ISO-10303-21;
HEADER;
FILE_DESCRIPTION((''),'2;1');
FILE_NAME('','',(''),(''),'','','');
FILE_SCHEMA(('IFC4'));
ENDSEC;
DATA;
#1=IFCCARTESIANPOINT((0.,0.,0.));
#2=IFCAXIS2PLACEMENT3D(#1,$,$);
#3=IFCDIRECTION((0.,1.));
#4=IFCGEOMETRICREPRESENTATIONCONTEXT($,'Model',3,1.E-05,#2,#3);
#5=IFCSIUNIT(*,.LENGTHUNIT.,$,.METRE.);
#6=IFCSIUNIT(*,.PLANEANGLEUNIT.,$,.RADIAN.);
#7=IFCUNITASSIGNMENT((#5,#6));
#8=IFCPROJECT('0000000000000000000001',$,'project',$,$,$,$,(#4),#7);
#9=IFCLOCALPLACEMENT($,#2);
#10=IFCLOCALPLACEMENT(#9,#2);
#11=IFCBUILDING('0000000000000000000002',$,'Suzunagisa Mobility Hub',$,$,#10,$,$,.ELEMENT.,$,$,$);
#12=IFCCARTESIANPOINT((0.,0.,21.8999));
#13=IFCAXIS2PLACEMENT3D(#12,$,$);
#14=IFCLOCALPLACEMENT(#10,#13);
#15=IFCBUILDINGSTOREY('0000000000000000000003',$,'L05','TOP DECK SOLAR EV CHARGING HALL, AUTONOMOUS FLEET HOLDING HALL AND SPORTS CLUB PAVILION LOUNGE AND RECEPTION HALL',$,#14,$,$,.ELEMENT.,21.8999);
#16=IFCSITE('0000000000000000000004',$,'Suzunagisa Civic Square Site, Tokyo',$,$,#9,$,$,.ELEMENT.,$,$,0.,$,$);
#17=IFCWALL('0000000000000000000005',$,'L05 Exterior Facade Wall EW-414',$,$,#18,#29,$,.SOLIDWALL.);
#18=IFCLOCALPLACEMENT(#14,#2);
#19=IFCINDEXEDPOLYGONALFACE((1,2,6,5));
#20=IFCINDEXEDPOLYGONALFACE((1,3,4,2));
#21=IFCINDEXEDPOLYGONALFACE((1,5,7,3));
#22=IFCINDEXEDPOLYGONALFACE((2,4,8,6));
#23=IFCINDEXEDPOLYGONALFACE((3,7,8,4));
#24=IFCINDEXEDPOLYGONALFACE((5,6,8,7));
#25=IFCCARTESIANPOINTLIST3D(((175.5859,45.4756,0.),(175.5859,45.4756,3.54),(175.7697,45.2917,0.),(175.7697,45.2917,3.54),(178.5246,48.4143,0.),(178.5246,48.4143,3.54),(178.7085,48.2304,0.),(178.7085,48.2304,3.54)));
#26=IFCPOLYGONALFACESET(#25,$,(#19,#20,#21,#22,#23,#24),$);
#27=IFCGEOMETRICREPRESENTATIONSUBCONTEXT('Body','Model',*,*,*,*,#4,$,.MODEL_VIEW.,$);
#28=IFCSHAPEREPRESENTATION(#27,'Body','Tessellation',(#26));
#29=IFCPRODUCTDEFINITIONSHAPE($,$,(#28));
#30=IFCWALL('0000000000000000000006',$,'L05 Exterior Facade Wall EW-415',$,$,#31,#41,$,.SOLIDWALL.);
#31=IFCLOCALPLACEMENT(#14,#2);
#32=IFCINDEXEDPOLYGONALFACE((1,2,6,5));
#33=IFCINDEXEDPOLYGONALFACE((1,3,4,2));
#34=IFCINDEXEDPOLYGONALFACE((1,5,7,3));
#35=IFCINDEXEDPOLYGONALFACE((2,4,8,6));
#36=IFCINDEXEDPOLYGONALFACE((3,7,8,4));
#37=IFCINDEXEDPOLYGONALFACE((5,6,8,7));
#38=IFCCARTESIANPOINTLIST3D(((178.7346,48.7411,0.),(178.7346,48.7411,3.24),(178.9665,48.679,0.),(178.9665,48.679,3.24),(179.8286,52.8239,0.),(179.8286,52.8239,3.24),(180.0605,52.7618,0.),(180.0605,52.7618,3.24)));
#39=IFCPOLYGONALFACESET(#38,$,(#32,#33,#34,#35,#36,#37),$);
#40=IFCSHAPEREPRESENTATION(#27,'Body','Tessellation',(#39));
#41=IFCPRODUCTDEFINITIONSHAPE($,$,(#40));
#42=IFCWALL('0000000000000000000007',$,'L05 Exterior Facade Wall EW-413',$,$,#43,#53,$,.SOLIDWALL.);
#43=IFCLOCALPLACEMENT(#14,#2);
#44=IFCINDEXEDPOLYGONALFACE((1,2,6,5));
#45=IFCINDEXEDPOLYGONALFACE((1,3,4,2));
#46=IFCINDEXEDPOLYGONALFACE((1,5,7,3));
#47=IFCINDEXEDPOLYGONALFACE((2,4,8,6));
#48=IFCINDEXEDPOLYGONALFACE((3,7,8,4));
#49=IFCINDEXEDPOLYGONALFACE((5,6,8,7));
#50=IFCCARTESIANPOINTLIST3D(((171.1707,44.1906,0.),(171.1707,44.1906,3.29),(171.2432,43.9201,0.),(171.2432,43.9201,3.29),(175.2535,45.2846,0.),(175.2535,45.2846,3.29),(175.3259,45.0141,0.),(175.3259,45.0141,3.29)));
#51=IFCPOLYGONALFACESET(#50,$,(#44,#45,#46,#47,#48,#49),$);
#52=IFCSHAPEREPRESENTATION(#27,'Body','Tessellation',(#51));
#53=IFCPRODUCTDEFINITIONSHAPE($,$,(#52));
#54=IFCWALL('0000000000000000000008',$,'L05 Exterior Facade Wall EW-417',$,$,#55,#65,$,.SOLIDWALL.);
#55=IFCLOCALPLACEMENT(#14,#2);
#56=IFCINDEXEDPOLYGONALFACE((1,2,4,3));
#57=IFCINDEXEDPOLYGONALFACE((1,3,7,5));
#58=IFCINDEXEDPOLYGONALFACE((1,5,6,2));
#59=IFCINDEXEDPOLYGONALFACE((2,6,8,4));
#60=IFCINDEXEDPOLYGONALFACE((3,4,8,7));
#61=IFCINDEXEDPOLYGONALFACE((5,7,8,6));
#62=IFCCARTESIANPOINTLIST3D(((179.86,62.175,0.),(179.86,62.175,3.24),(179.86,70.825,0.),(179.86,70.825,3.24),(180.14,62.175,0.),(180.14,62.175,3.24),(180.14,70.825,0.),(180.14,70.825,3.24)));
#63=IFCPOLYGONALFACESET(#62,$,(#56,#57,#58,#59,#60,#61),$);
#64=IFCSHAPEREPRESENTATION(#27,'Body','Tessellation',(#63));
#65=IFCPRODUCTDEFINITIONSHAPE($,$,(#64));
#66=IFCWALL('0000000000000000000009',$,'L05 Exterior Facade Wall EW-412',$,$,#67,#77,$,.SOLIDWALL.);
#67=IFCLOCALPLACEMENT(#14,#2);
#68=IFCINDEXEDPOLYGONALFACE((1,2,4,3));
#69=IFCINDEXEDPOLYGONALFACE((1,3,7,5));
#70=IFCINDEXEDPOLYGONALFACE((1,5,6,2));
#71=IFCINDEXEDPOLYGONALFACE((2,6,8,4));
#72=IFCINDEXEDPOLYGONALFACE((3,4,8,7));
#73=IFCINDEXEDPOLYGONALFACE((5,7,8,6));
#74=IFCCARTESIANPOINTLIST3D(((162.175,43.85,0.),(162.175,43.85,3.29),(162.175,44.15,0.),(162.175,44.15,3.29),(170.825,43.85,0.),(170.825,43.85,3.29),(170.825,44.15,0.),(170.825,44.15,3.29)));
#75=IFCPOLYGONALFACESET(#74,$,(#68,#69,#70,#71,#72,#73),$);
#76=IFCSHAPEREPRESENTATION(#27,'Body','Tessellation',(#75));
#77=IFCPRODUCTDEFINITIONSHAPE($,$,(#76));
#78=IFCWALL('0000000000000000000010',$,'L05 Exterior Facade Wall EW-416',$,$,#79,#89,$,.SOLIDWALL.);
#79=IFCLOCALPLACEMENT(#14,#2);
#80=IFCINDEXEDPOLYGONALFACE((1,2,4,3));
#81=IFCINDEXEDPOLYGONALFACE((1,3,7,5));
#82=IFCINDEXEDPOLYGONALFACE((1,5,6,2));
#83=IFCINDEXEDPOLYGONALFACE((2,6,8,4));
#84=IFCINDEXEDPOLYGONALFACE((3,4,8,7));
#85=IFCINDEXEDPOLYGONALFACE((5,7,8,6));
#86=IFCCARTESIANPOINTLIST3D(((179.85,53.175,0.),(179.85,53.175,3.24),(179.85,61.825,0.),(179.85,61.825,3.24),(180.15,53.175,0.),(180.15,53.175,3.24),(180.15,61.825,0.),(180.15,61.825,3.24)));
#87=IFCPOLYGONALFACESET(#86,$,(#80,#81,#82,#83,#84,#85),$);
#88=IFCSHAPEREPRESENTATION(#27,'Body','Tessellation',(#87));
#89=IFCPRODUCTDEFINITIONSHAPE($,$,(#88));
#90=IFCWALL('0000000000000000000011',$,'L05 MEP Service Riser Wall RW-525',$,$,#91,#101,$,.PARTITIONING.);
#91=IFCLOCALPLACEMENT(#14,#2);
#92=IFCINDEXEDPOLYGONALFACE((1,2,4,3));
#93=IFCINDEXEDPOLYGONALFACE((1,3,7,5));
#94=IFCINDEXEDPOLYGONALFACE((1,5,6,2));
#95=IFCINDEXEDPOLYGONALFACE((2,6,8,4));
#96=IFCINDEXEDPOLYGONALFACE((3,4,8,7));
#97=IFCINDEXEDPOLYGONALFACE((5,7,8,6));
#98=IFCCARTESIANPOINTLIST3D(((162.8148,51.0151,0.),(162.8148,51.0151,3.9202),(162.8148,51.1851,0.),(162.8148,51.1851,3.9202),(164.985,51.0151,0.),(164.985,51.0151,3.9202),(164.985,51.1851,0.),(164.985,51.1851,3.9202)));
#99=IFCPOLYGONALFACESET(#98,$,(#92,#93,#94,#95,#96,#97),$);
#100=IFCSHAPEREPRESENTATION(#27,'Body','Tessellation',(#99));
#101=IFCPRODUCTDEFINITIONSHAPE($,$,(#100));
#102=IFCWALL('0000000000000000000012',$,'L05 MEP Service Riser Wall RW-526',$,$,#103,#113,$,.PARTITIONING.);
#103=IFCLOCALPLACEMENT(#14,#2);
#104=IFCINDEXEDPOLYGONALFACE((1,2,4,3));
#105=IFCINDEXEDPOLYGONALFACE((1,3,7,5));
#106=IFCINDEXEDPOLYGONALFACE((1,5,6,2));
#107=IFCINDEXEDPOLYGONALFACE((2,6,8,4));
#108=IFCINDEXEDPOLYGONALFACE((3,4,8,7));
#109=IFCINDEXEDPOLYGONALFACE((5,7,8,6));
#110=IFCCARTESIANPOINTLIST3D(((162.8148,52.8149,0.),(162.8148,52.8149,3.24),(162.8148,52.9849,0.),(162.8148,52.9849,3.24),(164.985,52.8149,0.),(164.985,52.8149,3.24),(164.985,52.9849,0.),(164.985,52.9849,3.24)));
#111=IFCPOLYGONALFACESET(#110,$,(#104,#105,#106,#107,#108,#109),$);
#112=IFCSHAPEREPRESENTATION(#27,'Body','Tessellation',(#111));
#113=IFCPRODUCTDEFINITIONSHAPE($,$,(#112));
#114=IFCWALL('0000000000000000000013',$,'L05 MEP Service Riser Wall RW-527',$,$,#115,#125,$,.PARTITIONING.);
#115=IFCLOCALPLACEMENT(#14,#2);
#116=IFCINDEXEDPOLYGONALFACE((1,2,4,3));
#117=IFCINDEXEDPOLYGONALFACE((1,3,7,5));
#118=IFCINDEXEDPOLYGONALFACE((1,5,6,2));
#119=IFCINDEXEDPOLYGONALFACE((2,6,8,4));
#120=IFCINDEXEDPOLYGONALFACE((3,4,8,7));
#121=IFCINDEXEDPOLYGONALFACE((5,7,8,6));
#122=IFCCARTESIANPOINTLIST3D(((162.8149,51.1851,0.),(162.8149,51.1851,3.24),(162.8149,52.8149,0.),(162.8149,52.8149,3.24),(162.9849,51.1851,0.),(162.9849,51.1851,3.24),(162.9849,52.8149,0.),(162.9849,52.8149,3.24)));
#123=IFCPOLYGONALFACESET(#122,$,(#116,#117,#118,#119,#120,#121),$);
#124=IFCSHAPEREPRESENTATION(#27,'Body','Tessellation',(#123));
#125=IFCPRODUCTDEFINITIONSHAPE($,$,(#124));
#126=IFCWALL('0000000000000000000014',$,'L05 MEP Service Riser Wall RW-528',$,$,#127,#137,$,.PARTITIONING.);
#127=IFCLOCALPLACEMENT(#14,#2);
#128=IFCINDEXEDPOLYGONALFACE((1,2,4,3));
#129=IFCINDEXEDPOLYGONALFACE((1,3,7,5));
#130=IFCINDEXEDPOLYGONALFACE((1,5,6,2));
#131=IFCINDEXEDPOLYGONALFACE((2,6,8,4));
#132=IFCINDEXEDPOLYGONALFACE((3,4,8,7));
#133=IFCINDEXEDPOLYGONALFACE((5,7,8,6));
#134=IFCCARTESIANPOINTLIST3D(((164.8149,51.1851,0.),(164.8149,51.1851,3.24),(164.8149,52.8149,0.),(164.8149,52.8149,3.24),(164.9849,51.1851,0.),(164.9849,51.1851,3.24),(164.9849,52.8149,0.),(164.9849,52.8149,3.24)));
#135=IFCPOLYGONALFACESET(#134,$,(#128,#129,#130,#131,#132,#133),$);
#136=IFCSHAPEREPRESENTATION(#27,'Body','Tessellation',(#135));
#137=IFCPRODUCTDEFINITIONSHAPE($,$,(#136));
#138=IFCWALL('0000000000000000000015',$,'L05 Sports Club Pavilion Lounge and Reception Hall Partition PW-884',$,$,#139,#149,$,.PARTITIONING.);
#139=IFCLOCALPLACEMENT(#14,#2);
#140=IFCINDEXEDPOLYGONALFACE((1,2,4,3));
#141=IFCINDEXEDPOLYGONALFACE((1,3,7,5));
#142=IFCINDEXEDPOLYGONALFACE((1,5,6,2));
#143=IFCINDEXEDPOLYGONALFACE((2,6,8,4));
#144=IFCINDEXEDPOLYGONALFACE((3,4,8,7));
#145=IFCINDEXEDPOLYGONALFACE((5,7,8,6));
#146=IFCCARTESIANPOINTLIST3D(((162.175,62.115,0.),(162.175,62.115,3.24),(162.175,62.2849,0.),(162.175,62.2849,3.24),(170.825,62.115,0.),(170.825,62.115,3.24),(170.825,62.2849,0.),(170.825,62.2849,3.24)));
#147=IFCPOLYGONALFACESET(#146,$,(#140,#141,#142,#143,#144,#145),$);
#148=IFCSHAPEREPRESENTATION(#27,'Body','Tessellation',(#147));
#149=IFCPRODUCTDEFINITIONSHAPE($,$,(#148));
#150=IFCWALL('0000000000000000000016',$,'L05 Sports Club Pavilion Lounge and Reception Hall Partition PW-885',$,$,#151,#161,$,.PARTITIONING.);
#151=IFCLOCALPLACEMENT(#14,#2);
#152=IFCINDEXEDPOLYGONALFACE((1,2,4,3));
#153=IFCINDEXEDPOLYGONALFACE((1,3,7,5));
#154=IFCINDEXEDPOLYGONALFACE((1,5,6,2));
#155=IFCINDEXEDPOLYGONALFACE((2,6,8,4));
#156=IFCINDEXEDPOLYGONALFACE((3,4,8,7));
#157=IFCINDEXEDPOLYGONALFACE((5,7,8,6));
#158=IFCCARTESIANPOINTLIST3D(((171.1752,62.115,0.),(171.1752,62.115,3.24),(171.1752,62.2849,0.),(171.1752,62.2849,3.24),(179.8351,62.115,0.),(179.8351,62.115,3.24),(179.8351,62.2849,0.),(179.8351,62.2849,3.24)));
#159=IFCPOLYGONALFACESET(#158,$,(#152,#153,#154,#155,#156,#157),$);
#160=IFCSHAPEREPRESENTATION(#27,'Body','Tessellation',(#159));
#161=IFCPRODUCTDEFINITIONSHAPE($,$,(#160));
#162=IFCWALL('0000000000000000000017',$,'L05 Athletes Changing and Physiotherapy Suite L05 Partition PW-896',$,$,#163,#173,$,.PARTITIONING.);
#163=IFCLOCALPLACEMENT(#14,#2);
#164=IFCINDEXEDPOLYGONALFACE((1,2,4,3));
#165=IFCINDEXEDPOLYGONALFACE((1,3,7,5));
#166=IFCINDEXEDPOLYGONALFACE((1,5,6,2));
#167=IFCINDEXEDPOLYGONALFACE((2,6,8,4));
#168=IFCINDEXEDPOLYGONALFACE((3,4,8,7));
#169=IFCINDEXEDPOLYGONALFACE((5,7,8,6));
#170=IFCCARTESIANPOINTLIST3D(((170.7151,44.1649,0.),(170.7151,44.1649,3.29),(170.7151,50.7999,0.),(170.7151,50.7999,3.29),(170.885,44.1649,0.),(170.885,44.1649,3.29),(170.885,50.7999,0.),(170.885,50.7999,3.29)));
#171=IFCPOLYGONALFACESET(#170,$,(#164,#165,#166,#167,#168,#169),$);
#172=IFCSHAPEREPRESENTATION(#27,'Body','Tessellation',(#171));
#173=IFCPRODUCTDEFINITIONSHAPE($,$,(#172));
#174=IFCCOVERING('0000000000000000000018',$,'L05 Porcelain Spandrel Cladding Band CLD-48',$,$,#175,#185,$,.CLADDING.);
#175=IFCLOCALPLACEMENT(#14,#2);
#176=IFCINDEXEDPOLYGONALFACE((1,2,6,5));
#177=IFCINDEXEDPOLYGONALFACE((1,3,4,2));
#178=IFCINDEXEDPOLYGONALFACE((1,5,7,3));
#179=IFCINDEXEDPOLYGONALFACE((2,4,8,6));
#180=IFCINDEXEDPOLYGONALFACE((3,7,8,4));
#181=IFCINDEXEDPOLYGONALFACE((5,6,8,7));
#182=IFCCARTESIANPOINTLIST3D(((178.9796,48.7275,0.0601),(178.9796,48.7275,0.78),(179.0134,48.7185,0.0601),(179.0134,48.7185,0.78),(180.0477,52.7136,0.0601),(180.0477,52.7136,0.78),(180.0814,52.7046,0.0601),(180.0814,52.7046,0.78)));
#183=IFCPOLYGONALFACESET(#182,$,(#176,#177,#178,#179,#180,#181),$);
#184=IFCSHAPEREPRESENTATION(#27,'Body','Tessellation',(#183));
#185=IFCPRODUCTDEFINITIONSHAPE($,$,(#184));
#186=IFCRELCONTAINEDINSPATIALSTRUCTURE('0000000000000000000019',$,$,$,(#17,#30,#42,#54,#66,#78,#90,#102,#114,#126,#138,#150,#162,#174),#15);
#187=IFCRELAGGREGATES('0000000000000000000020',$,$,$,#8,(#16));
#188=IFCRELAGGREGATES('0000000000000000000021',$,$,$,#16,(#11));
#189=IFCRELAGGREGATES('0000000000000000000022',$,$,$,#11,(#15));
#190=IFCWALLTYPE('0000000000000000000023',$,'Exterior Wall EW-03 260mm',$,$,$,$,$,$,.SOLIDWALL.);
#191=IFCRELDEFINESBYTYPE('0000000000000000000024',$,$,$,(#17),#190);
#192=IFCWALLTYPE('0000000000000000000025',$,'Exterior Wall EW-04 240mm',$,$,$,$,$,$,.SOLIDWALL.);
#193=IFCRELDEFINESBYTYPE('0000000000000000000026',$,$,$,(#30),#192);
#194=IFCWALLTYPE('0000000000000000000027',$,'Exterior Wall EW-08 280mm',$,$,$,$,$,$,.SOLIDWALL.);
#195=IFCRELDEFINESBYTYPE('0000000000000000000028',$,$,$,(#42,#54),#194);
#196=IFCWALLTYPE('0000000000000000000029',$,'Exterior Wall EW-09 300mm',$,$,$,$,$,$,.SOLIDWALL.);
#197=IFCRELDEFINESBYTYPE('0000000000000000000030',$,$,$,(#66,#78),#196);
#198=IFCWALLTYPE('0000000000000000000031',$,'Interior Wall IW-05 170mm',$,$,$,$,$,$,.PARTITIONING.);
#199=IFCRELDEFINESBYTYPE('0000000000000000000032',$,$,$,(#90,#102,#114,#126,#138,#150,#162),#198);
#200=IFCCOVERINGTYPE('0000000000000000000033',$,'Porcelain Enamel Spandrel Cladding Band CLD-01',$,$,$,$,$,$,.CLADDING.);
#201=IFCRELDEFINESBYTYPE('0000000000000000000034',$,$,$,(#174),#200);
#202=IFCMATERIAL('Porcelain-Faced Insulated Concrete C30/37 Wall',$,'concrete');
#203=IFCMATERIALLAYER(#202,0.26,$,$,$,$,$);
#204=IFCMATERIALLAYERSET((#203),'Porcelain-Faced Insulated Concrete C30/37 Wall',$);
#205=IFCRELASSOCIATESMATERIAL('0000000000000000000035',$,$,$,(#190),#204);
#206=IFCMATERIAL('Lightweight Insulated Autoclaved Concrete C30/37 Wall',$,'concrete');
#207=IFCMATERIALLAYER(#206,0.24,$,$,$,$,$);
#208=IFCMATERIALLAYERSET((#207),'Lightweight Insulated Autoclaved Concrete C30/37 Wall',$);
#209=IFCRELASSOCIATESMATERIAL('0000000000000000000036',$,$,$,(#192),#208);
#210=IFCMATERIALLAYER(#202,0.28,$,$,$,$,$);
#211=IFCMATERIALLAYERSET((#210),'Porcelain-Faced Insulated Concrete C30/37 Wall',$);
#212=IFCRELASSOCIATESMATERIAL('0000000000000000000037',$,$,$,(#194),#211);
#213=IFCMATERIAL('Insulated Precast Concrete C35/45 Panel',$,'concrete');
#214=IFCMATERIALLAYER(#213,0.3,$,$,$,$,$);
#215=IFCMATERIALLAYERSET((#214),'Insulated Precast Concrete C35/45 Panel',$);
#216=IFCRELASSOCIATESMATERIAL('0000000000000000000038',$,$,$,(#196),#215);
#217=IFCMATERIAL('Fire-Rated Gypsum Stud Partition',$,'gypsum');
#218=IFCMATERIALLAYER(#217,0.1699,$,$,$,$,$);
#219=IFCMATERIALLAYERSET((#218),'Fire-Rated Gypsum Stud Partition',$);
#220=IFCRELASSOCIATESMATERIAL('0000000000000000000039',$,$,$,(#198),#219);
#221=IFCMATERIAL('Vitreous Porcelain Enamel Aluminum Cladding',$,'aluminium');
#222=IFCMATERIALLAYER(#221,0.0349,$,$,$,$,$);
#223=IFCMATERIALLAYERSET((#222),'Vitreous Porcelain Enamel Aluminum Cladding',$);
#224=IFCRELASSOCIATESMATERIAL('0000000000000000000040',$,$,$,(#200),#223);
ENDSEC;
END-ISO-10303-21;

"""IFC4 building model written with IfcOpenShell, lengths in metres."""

from ifc_helpers import new_model, si_unit, direction, frame, frame_2d, origin, origin_2d, place, context, subcontext, project, spatial, rectangle, extrude, material, layer, layer_set, type_object, element, save


model = new_model("IFC4")

# Units and contexts
model_context = context("Model", 3, precision=1e-05, world=origin(), true_north=direction((0.0, 1.0)))
body_context = subcontext(model_context, "Body", "Model", "MODEL_VIEW")
ifc_project = project(units=[si_unit("LENGTHUNIT", "METRE"), si_unit("PLANEANGLEUNIT", "RADIAN")], contexts=[model_context])

# Site, building, storey
site_placement = place(None, origin())
site = spatial("IfcSite", under=ifc_project, at=site_placement, Name="Suzunagisa Civic Square Site, Tokyo", CompositionType="ELEMENT", RefElevation=0.0)
building_placement = place(site_placement, origin())
building = spatial("IfcBuilding", under=site, at=building_placement, Name="Suzunagisa Mobility Hub", CompositionType="ELEMENT")
storey_placement = place(building_placement, frame((0.0, 0.0, 21.8999)))
storey = spatial("IfcBuildingStorey", under=building, at=storey_placement, Name="L05", Description="TOP DECK SOLAR EV CHARGING HALL, AUTONOMOUS FLEET HOLDING HALL AND SPORTS CLUB PAVILION LOUNGE AND RECEPTION HALL", CompositionType="ELEMENT", Elevation=21.8999)

# Walls
ifc_material_1 = material(Name="Porcelain-Faced Insulated Concrete C30/37 Wall", Category="concrete")
ifc_layer_1 = layer(ifc_material_1, 0.26)
ifc_layer_set_1 = layer_set([ifc_layer_1], Name="Porcelain-Faced Insulated Concrete C30/37 Wall")
wall_type_1 = type_object("IfcWallType", Name="Exterior Wall EW-03 260mm", PredefinedType="SOLIDWALL", material=ifc_layer_set_1)
wall_1_placement = place(storey_placement, frame((175.6777, 45.3835, 0.0), z_axis=(0.0, 0.0, 1.0), x_axis=(0.707107, 0.707107, 0.0)))
element("IfcWall", 1, at=wall_1_placement, inside=storey, type_object=wall_type_1, Name="L05 Exterior Facade Wall EW-414", PredefinedType="SOLIDWALL", context=body_context, shape_type="SweptSolid", body=[
    extrude(rectangle(XDim=4.156, YDim=0.26, at=frame_2d((2.0781, 0.0))), origin(), (0.0, 0.0, 1.0), 3.54),
])
ifc_material_2 = material(Name="Lightweight Insulated Autoclaved Concrete C30/37 Wall", Category="concrete")
ifc_layer_2 = layer(ifc_material_2, 0.24)
ifc_layer_set_2 = layer_set([ifc_layer_2], Name="Lightweight Insulated Autoclaved Concrete C30/37 Wall")
wall_type_2 = type_object("IfcWallType", Name="Exterior Wall EW-04 240mm", PredefinedType="SOLIDWALL", material=ifc_layer_set_2)
wall_2_placement = place(storey_placement, frame((178.8506, 48.7102, 0.0), z_axis=(0.0, 0.0, 1.0), x_axis=(0.258824, 0.965925, 0.0)))
element("IfcWall", 2, at=wall_2_placement, inside=storey, type_object=wall_type_2, Name="L05 Exterior Facade Wall EW-415", PredefinedType="SOLIDWALL", context=body_context, shape_type="SweptSolid", body=[
    extrude(rectangle(XDim=4.2268, YDim=0.24, at=frame_2d((2.1133, 0.0))), origin(), (0.0, 0.0, 1.0), 3.24),
])
ifc_layer_3 = layer(ifc_material_1, 0.28)
ifc_layer_set_3 = layer_set([ifc_layer_3], Name="Porcelain-Faced Insulated Concrete C30/37 Wall")
wall_type_3 = type_object("IfcWallType", Name="Exterior Wall EW-08 280mm", PredefinedType="SOLIDWALL", material=ifc_layer_set_3)
wall_3_placement = place(storey_placement, frame((171.207, 44.0554, 0.0), z_axis=(0.0, 0.0, 1.0), x_axis=(0.965925, 0.258824, 0.0)))
element("IfcWall", 3, at=wall_3_placement, inside=storey, type_object=wall_type_3, Name="L05 Exterior Facade Wall EW-413", PredefinedType="SOLIDWALL", context=body_context, shape_type="SweptSolid", body=[
    extrude(rectangle(XDim=4.2268, YDim=0.28, at=frame_2d((2.1133, 0.0))), origin(), (0.0, 0.0, 1.0), 3.29),
])
wall_4_placement = place(storey_placement, frame((180.0, 62.175, 0.0), z_axis=(0.0, 0.0, 1.0), x_axis=(0.0, 1.0, 0.0)))
element("IfcWall", 4, at=wall_4_placement, inside=storey, type_object=wall_type_3, Name="L05 Exterior Facade Wall EW-417", PredefinedType="SOLIDWALL", context=body_context, shape_type="SweptSolid", body=[
    extrude(rectangle(XDim=8.6499, YDim=0.28, at=frame_2d((4.325, 0.0))), origin(), (0.0, 0.0, 1.0), 3.24),
])
ifc_material_3 = material(Name="Insulated Precast Concrete C35/45 Panel", Category="concrete")
ifc_layer_4 = layer(ifc_material_3, 0.3)
ifc_layer_set_4 = layer_set([ifc_layer_4], Name="Insulated Precast Concrete C35/45 Panel")
wall_type_4 = type_object("IfcWallType", Name="Exterior Wall EW-09 300mm", PredefinedType="SOLIDWALL", material=ifc_layer_set_4)
wall_5_placement = place(storey_placement, frame((162.175, 44.0, 0.0), z_axis=(0.0, 0.0, 1.0), x_axis=(1.0, 0.0, 0.0)))
element("IfcWall", 5, at=wall_5_placement, inside=storey, type_object=wall_type_4, Name="L05 Exterior Facade Wall EW-412", PredefinedType="SOLIDWALL", context=body_context, shape_type="SweptSolid", body=[
    extrude(rectangle(XDim=8.6499, YDim=0.3, at=frame_2d((4.325, 0.0))), origin(), (0.0, 0.0, 1.0), 3.29),
])
wall_6_placement = place(storey_placement, frame((180.0, 53.175, 0.0), z_axis=(0.0, 0.0, 1.0), x_axis=(0.0, 1.0, 0.0)))
element("IfcWall", 6, at=wall_6_placement, inside=storey, type_object=wall_type_4, Name="L05 Exterior Facade Wall EW-416", PredefinedType="SOLIDWALL", context=body_context, shape_type="SweptSolid", body=[
    extrude(rectangle(XDim=8.6499, YDim=0.3, at=frame_2d((4.325, 0.0))), origin(), (0.0, 0.0, 1.0), 3.24),
])
ifc_material_4 = material(Name="Fire-Rated Gypsum Stud Partition", Category="gypsum")
ifc_layer_5 = layer(ifc_material_4, 0.1699)
ifc_layer_set_5 = layer_set([ifc_layer_5], Name="Fire-Rated Gypsum Stud Partition")
wall_type_5 = type_object("IfcWallType", Name="Interior Wall IW-05 170mm", PredefinedType="PARTITIONING", material=ifc_layer_set_5)
wall_7_placement = place(storey_placement, frame((162.8149, 51.1001, 0.0), z_axis=(0.0, 0.0, 1.0), x_axis=(1.0, 0.0, 0.0)))
element("IfcWall", 7, at=wall_7_placement, inside=storey, type_object=wall_type_5, Name="L05 MEP Service Riser Wall RW-525", PredefinedType="PARTITIONING", context=body_context, shape_type="SweptSolid", body=[
    extrude(rectangle(XDim=2.1702, YDim=0.1699, at=frame_2d((1.085, 0.0))), origin(), (0.0, 0.0, 1.0), 3.9202),
])
wall_8_placement = place(storey_placement, frame((162.8149, 52.8999, 0.0), z_axis=(0.0, 0.0, 1.0), x_axis=(1.0, 0.0, 0.0)))
element("IfcWall", 8, at=wall_8_placement, inside=storey, type_object=wall_type_5, Name="L05 MEP Service Riser Wall RW-526", PredefinedType="PARTITIONING", context=body_context, shape_type="SweptSolid", body=[
    extrude(rectangle(XDim=2.1702, YDim=0.1699, at=frame_2d((1.085, 0.0))), origin(), (0.0, 0.0, 1.0), 3.24),
])
for number, where, z_axis, x_axis, name in (
    (9, (162.8999, 51.1851, 0.0), (0.0, 0.0, 1.0), (0.0, 1.0, 0.0), "L05 MEP Service Riser Wall RW-527"),
    (10, (164.8999, 51.1851, 0.0), (0.0, 0.0, 1.0), (0.0, 1.0, 0.0), "L05 MEP Service Riser Wall RW-528"),
):
    element("IfcWall", number, at=place(storey_placement, frame(where, z_axis=z_axis, x_axis=x_axis)), inside=storey, type_object=wall_type_5, Name=name, PredefinedType="PARTITIONING", context=body_context, shape_type="SweptSolid", body=[
        extrude(rectangle(XDim=1.6299, YDim=0.1699, at=frame_2d((0.8149, 0.0))), origin(), (0.0, 0.0, 1.0), 3.24),
    ])
wall_9_placement = place(storey_placement, frame((162.175, 62.2, 0.0), z_axis=(0.0, 0.0, 1.0), x_axis=(1.0, 0.0, 0.0)))
element("IfcWall", 11, at=wall_9_placement, inside=storey, type_object=wall_type_5, Name="L05 Sports Club Pavilion Lounge and Reception Hall Partition PW-884", PredefinedType="PARTITIONING", context=body_context, shape_type="SweptSolid", body=[
    extrude(rectangle(XDim=8.6499, YDim=0.1699, at=frame_2d((4.325, 0.0))), origin(), (0.0, 0.0, 1.0), 3.24),
])
wall_10_placement = place(storey_placement, frame((171.175, 62.2, 0.0), z_axis=(0.0, 0.0, 1.0), x_axis=(1.0, 0.0, 0.0)))
element("IfcWall", 12, at=wall_10_placement, inside=storey, type_object=wall_type_5, Name="L05 Sports Club Pavilion Lounge and Reception Hall Partition PW-885", PredefinedType="PARTITIONING", context=body_context, shape_type="SweptSolid", body=[
    extrude(rectangle(XDim=8.6599, YDim=0.1699, at=frame_2d((4.3301, 0.0))), origin(), (0.0, 0.0, 1.0), 3.24),
])
wall_11_placement = place(storey_placement, frame((170.8, 44.165, 0.0), z_axis=(0.0, 0.0, 1.0), x_axis=(0.0, 1.0, 0.0)))
element("IfcWall", 13, at=wall_11_placement, inside=storey, type_object=wall_type_5, Name="L05 Athletes Changing and Physiotherapy Suite L05 Partition PW-896", PredefinedType="PARTITIONING", context=body_context, shape_type="SweptSolid", body=[
    extrude(rectangle(XDim=6.635, YDim=0.1699, at=frame_2d((3.3174, 0.0))), origin(), (0.0, 0.0, 1.0), 3.29),
])

# Covering
ifc_material_5 = material(Name="Vitreous Porcelain Enamel Aluminum Cladding", Category="aluminium")
ifc_layer_6 = layer(ifc_material_5, 0.0349)
ifc_layer_set_6 = layer_set([ifc_layer_6], Name="Vitreous Porcelain Enamel Aluminum Cladding")
covering_type = type_object("IfcCoveringType", Name="Porcelain Enamel Spandrel Cladding Band CLD-01", PredefinedType="CLADDING", material=ifc_layer_set_6)
covering_placement = place(storey_placement, frame((179.5305, 50.7161, 0.0601), z_axis=(0.0, 0.0, 1.0), x_axis=(0.258807, 0.965929, 0.0)))
element("IfcCovering", 14, at=covering_placement, inside=storey, type_object=covering_type, Name="L05 Porcelain Spandrel Cladding Band CLD-48", PredefinedType="CLADDING", context=body_context, shape_type="SweptSolid", body=[
    extrude(rectangle(XDim=4.1267, YDim=0.0349, at=origin_2d()), origin(), (0.0, 0.0, 1.0), 0.72),
])

save(model, "model.ifc")
